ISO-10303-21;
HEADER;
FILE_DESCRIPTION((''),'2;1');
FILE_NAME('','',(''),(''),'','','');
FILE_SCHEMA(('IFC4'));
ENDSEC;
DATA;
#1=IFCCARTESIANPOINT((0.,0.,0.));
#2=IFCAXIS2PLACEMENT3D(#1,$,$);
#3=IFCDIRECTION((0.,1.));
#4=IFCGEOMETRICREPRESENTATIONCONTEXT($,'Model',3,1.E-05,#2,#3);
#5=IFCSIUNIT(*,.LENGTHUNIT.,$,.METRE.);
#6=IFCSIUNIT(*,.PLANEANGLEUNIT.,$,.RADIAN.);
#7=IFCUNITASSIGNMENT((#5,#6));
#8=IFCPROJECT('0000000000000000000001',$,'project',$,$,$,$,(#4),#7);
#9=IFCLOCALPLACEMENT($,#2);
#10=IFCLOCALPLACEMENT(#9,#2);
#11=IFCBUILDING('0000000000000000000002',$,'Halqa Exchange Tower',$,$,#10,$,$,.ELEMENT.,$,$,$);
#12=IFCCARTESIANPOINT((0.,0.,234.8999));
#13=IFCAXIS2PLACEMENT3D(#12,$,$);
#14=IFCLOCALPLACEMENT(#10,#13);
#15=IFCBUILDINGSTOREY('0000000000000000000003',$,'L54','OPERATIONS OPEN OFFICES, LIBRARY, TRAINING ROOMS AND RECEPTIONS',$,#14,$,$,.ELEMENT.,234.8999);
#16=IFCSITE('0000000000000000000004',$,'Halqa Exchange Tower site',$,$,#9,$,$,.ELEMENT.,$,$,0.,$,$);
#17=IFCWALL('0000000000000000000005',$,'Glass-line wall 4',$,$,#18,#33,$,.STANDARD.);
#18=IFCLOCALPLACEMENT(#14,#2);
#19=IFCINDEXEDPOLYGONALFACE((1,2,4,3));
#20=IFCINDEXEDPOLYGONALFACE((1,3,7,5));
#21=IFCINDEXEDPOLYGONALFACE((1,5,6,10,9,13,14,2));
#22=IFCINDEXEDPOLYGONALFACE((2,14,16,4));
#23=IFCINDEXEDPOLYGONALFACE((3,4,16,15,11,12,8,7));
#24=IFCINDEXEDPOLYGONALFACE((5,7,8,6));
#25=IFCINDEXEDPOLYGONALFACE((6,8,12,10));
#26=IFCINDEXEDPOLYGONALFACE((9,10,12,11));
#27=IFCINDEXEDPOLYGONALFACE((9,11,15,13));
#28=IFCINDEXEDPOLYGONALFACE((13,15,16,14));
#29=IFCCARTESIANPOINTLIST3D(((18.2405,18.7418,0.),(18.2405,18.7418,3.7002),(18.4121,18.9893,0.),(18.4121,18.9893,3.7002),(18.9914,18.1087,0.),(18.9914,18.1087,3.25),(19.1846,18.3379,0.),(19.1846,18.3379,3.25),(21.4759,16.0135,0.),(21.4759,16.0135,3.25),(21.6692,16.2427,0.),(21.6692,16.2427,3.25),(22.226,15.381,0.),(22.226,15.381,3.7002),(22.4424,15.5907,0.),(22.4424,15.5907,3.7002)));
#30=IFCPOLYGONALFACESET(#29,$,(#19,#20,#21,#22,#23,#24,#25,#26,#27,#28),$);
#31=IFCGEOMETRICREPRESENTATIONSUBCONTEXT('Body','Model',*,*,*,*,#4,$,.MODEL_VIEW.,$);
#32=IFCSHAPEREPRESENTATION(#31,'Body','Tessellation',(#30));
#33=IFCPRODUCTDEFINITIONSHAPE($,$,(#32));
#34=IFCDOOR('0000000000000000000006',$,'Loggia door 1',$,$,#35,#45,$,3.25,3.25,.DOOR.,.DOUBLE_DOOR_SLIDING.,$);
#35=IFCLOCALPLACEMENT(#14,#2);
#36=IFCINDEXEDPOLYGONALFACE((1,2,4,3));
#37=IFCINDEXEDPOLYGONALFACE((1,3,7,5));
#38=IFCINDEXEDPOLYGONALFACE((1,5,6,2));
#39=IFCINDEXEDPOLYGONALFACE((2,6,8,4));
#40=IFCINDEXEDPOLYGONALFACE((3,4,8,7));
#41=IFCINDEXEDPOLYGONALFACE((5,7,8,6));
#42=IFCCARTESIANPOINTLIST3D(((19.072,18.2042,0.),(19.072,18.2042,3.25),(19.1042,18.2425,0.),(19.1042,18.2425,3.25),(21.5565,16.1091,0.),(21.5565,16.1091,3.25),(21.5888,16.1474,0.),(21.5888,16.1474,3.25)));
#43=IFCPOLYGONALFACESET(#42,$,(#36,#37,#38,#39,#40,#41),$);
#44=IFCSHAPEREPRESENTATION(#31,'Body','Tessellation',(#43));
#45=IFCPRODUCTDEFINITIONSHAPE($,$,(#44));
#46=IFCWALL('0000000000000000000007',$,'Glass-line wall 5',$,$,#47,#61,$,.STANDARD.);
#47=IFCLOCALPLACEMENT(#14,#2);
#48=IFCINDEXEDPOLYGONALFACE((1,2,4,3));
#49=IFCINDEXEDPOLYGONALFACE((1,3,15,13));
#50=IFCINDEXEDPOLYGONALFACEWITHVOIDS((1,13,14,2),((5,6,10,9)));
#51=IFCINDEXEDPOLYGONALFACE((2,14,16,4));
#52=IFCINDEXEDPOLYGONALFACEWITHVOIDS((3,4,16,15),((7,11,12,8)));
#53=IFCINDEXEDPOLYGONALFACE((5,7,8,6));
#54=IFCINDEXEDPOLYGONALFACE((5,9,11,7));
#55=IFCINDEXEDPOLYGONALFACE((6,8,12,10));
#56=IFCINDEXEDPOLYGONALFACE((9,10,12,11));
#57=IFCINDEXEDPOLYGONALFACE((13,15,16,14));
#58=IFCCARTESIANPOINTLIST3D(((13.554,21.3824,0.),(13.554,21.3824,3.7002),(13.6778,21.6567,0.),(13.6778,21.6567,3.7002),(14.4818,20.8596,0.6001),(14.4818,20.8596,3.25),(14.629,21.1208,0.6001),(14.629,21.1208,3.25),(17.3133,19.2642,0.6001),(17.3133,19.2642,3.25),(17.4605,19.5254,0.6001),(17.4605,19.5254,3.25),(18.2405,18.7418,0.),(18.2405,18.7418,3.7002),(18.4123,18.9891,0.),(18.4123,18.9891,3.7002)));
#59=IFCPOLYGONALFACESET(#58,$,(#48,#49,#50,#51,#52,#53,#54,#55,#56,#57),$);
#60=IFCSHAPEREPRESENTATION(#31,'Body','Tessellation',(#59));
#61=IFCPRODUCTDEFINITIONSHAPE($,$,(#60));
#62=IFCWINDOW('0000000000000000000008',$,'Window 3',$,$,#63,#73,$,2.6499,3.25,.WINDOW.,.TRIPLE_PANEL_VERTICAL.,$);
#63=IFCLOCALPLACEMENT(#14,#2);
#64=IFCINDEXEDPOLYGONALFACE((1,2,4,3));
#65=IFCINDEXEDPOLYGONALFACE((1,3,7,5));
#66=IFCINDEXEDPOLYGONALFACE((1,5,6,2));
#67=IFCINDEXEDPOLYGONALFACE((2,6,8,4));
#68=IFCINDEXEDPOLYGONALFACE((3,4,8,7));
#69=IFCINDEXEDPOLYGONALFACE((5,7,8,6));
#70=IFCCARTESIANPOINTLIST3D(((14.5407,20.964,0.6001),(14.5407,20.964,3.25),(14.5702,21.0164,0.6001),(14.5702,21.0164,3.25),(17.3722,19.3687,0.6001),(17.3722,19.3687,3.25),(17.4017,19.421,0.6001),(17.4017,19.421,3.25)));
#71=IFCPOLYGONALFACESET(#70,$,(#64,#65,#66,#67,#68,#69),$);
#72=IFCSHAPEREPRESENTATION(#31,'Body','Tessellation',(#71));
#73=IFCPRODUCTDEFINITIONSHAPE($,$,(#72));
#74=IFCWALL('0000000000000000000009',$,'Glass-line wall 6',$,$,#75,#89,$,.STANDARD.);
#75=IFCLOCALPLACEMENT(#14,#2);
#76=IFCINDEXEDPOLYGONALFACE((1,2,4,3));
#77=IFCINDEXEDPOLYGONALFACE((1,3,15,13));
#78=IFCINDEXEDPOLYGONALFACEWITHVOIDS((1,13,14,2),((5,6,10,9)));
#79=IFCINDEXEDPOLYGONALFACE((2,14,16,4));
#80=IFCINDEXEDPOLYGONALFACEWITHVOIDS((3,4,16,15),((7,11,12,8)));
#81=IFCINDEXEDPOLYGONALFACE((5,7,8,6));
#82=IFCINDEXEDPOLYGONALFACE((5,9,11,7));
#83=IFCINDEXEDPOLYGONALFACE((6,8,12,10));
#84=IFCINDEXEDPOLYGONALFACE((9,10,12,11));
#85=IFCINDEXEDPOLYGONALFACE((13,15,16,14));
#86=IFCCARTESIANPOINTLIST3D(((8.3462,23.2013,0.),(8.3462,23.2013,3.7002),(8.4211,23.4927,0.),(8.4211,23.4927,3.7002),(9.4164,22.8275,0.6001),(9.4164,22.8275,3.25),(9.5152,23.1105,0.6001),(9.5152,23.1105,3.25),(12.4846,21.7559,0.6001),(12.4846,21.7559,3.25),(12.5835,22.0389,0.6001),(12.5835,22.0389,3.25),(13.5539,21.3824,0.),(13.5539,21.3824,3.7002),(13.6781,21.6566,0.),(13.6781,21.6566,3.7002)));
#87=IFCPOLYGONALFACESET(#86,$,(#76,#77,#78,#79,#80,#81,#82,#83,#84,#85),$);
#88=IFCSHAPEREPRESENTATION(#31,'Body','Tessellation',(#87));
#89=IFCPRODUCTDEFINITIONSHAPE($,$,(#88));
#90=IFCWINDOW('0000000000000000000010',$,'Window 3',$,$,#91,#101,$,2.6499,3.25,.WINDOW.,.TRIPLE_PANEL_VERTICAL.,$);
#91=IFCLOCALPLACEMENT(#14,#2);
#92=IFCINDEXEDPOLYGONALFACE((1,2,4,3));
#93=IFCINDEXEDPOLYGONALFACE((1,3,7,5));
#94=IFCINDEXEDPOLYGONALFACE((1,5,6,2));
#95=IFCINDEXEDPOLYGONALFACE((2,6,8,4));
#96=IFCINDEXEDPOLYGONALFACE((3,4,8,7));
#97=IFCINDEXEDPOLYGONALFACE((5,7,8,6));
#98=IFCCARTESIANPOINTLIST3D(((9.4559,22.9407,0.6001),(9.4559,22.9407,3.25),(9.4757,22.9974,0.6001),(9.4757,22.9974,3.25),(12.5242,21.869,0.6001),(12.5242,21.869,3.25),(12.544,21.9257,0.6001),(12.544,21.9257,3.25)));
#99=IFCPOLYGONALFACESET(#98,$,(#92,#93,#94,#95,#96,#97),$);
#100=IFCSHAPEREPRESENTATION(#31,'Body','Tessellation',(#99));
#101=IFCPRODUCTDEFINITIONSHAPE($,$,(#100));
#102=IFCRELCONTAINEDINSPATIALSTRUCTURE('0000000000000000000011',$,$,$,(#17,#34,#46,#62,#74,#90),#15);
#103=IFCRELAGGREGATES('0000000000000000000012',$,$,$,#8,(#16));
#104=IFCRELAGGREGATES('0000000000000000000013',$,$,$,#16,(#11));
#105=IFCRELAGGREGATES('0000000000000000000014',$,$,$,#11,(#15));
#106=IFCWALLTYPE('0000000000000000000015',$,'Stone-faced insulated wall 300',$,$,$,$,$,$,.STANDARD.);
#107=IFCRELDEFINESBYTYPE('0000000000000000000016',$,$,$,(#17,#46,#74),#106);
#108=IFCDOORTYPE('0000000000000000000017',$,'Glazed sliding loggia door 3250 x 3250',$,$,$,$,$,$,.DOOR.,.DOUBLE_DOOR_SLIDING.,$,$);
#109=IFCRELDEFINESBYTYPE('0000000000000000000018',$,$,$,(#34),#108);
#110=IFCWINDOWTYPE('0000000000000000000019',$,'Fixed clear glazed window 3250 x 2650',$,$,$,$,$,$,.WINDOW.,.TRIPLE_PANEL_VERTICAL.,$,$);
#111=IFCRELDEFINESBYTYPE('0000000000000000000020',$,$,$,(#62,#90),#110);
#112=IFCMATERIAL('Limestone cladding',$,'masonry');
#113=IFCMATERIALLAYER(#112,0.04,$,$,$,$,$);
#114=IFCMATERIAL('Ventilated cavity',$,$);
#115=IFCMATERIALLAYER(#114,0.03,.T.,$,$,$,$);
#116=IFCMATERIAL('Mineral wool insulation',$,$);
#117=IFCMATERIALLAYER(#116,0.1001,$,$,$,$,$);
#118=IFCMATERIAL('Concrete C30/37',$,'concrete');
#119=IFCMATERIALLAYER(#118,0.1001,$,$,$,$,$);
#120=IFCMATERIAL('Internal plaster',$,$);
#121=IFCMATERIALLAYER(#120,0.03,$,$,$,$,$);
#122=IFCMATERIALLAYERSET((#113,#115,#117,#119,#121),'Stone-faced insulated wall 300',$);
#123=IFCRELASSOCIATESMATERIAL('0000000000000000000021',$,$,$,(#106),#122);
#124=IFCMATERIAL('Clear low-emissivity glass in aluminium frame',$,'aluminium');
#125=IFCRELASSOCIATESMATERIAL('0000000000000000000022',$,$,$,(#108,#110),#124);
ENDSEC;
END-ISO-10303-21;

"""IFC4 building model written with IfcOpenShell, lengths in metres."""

from ifc_helpers import new_model, si_unit, direction, frame, frame_2d, origin, place, context, subcontext, project, spatial, polyline, rectangle, outline, extrude, material, layer, layer_set, type_object, element, fill, save


model = new_model("IFC4")

# Units and contexts
model_context = context("Model", 3, precision=1e-05, world=origin(), true_north=direction((0.0, 1.0)))
body_context = subcontext(model_context, "Body", "Model", "MODEL_VIEW")
ifc_project = project(units=[si_unit("LENGTHUNIT", "METRE"), si_unit("PLANEANGLEUNIT", "RADIAN")], contexts=[model_context])

# Site, building, storey
site_placement = place(None, origin())
site = spatial("IfcSite", under=ifc_project, at=site_placement, Name="Halqa Exchange Tower site", CompositionType="ELEMENT", RefElevation=0.0)
building_placement = place(site_placement, origin())
building = spatial("IfcBuilding", under=site, at=building_placement, Name="Halqa Exchange Tower", CompositionType="ELEMENT")
storey_placement = place(building_placement, frame((0.0, 0.0, 234.8999)))
storey = spatial("IfcBuildingStorey", under=building, at=storey_placement, Name="L54", Description="OPERATIONS OPEN OFFICES, LIBRARY, TRAINING ROOMS AND RECEPTIONS", CompositionType="ELEMENT", Elevation=234.8999)

# Wall, opening, door
ifc_material_1 = material(Name="Limestone cladding", Category="masonry")
ifc_layer_1 = layer(ifc_material_1, 0.04)
ifc_material_2 = material(Name="Ventilated cavity")
ifc_layer_2 = layer(ifc_material_2, 0.03, ventilated=True)
ifc_material_3 = material(Name="Mineral wool insulation")
ifc_layer_3 = layer(ifc_material_3, 0.1001)
ifc_material_4 = material(Name="Concrete C30/37", Category="concrete")
ifc_layer_4 = layer(ifc_material_4, 0.1001)
ifc_material_5 = material(Name="Internal plaster")
ifc_layer_5 = layer(ifc_material_5, 0.03)
ifc_layer_set_1 = layer_set([ifc_layer_1, ifc_layer_2, ifc_layer_3, ifc_layer_4, ifc_layer_5], Name="Stone-faced insulated wall 300")
wall_type_1 = type_object("IfcWallType", Name="Stone-faced insulated wall 300", PredefinedType="STANDARD", material=ifc_layer_set_1)
wall_1_placement = place(storey_placement, frame((22.3342, 15.4858, 0.0), z_axis=(0.0, 0.0, 1.0), x_axis=(-0.764475, 0.644653, 0.0)))
wall_1 = element("IfcWall", 1, at=wall_1_placement, inside=storey, type_object=wall_type_1, Name="Glass-line wall 4", PredefinedType="STANDARD", context=body_context, shape_type="SweptSolid", body=[
    extrude(outline(polyline([(-0.0151, -0.1499), (5.2568, -0.1499), (5.2285, 0.1499), (0.0151, 0.1499), (-0.0151, -0.1499)])), origin(), (0.0, 0.0, 1.0), 3.7002),
])
opening_1_placement = place(wall_1_placement, frame((0.9963, 0.0, 0.0)))
opening_1 = element("IfcOpeningElement", 2, at=opening_1_placement, cuts=wall_1, PredefinedType="OPENING", context=body_context, shape_type="SweptSolid", body=[
    extrude(rectangle(XDim=3.25, YDim=3.25, at=frame_2d((1.625, 1.625))), frame((0.0, 0.1621, 0.0), z_axis=(0.0, -1.0, 0.0), x_axis=(1.0, 0.0, 0.0)), (0.0, 0.0, 1.0), 0.324),
])
ifc_material_6 = material(Name="Clear low-emissivity glass in aluminium frame", Category="aluminium")
door_type = type_object("IfcDoorType", Name="Glazed sliding loggia door 3250 x 3250", OperationType="DOUBLE_DOOR_SLIDING", PredefinedType="DOOR", material=ifc_material_6)
door_placement = place(opening_1_placement, origin())
door = element("IfcDoor", 3, at=door_placement, inside=storey, type_object=door_type, Name="Loggia door 1", OperationType="DOUBLE_DOOR_SLIDING", OverallHeight=3.25, OverallWidth=3.25, PredefinedType="DOOR", context=body_context, shape_type="SweptSolid", body=[
    extrude(rectangle(XDim=3.25, YDim=3.25, at=frame_2d((1.625, 1.625))), frame((0.0, 0.0249, 0.0), z_axis=(0.0, -1.0, 0.0), x_axis=(1.0, 0.0, 0.0)), (0.0, 0.0, 1.0), 0.05),
])
fill(opening_1, door)

# Walls, openings, windows
wall_2_placement = place(storey_placement, frame((18.3264, 18.8655, 0.0), z_axis=(0.0, 0.0, 1.0), x_axis=(-0.871226, 0.490883, 0.0)))
wall_2 = element("IfcWall", 4, at=wall_2_placement, inside=storey, type_object=wall_type_1, Name="Glass-line wall 5", PredefinedType="STANDARD", context=body_context, shape_type="SweptSolid", body=[
    extrude(outline(polyline([(-0.0142, -0.1499), (5.4202, -0.1499), (5.3933, 0.1499), (0.0142, 0.1499), (-0.0142, -0.1499)])), origin(), (0.0, 0.0, 1.0), 3.7002),
])
opening_2_placement = place(wall_2_placement, frame((1.0784, 0.0, 0.6001)))
opening_2 = element("IfcOpeningElement", 5, at=opening_2_placement, cuts=wall_2, PredefinedType="OPENING", context=body_context, shape_type="SweptSolid", body=[
    extrude(rectangle(XDim=3.25, YDim=2.6499, at=frame_2d((1.625, 1.325))), frame((0.0, 0.1621, 0.0), z_axis=(0.0, -1.0, 0.0), x_axis=(1.0, 0.0, 0.0)), (0.0, 0.0, 1.0), 0.324),
])
window_type = type_object("IfcWindowType", Name="Fixed clear glazed window 3250 x 2650", PartitioningType="TRIPLE_PANEL_VERTICAL", PredefinedType="WINDOW", material=ifc_material_6)
window_1_placement = place(opening_2_placement, origin())
window_1 = element("IfcWindow", 6, at=window_1_placement, inside=storey, type_object=window_type, Name="Window 3", OverallHeight=2.6499, OverallWidth=3.25, PartitioningType="TRIPLE_PANEL_VERTICAL", PredefinedType="WINDOW", context=body_context, shape_type="SweptSolid", body=[
    extrude(rectangle(XDim=3.25, YDim=2.6499, at=frame_2d((1.625, 1.325))), frame((0.0, 0.03, 0.0), z_axis=(0.0, -1.0, 0.0), x_axis=(1.0, 0.0, 0.0)), (0.0, 0.0, 1.0), 0.0601),
])
fill(opening_2, window_1)
wall_3_placement = place(storey_placement, frame((13.616, 21.5195, 0.0), z_axis=(0.0, 0.0, 1.0), x_axis=(-0.944076, 0.329728, 0.0)))
wall_3 = element("IfcWall", 7, at=wall_3_placement, inside=storey, type_object=wall_type_1, Name="Glass-line wall 6", PredefinedType="STANDARD", context=body_context, shape_type="SweptSolid", body=[
    extrude(outline(polyline([(-0.0134, -0.1499), (5.5549, -0.1499), (5.5295, 0.1499), (0.0134, 0.1499), (-0.0134, -0.1499)])), origin(), (0.0, 0.0, 1.0), 3.7002),
])
opening_3_placement = place(wall_3_placement, frame((1.146, 0.0, 0.6001)))
opening_3 = element("IfcOpeningElement", 8, at=opening_3_placement, cuts=wall_3, PredefinedType="OPENING", context=body_context, shape_type="SweptSolid", body=[
    extrude(rectangle(XDim=3.25, YDim=2.6499, at=frame_2d((1.625, 1.325))), frame((0.0, 0.1621, 0.0), z_axis=(0.0, -1.0, 0.0), x_axis=(1.0, 0.0, 0.0)), (0.0, 0.0, 1.0), 0.324),
])
window_2_placement = place(opening_3_placement, origin())
window_2 = element("IfcWindow", 9, at=window_2_placement, inside=storey, type_object=window_type, Name="Window 3", OverallHeight=2.6499, OverallWidth=3.25, PartitioningType="TRIPLE_PANEL_VERTICAL", PredefinedType="WINDOW", context=body_context, shape_type="SweptSolid", body=[
    extrude(rectangle(XDim=3.25, YDim=2.6499, at=frame_2d((1.625, 1.325))), frame((0.0, 0.03, 0.0), z_axis=(0.0, -1.0, 0.0), x_axis=(1.0, 0.0, 0.0)), (0.0, 0.0, 1.0), 0.0601),
])
fill(opening_3, window_2)

save(model, "model.ifc")
